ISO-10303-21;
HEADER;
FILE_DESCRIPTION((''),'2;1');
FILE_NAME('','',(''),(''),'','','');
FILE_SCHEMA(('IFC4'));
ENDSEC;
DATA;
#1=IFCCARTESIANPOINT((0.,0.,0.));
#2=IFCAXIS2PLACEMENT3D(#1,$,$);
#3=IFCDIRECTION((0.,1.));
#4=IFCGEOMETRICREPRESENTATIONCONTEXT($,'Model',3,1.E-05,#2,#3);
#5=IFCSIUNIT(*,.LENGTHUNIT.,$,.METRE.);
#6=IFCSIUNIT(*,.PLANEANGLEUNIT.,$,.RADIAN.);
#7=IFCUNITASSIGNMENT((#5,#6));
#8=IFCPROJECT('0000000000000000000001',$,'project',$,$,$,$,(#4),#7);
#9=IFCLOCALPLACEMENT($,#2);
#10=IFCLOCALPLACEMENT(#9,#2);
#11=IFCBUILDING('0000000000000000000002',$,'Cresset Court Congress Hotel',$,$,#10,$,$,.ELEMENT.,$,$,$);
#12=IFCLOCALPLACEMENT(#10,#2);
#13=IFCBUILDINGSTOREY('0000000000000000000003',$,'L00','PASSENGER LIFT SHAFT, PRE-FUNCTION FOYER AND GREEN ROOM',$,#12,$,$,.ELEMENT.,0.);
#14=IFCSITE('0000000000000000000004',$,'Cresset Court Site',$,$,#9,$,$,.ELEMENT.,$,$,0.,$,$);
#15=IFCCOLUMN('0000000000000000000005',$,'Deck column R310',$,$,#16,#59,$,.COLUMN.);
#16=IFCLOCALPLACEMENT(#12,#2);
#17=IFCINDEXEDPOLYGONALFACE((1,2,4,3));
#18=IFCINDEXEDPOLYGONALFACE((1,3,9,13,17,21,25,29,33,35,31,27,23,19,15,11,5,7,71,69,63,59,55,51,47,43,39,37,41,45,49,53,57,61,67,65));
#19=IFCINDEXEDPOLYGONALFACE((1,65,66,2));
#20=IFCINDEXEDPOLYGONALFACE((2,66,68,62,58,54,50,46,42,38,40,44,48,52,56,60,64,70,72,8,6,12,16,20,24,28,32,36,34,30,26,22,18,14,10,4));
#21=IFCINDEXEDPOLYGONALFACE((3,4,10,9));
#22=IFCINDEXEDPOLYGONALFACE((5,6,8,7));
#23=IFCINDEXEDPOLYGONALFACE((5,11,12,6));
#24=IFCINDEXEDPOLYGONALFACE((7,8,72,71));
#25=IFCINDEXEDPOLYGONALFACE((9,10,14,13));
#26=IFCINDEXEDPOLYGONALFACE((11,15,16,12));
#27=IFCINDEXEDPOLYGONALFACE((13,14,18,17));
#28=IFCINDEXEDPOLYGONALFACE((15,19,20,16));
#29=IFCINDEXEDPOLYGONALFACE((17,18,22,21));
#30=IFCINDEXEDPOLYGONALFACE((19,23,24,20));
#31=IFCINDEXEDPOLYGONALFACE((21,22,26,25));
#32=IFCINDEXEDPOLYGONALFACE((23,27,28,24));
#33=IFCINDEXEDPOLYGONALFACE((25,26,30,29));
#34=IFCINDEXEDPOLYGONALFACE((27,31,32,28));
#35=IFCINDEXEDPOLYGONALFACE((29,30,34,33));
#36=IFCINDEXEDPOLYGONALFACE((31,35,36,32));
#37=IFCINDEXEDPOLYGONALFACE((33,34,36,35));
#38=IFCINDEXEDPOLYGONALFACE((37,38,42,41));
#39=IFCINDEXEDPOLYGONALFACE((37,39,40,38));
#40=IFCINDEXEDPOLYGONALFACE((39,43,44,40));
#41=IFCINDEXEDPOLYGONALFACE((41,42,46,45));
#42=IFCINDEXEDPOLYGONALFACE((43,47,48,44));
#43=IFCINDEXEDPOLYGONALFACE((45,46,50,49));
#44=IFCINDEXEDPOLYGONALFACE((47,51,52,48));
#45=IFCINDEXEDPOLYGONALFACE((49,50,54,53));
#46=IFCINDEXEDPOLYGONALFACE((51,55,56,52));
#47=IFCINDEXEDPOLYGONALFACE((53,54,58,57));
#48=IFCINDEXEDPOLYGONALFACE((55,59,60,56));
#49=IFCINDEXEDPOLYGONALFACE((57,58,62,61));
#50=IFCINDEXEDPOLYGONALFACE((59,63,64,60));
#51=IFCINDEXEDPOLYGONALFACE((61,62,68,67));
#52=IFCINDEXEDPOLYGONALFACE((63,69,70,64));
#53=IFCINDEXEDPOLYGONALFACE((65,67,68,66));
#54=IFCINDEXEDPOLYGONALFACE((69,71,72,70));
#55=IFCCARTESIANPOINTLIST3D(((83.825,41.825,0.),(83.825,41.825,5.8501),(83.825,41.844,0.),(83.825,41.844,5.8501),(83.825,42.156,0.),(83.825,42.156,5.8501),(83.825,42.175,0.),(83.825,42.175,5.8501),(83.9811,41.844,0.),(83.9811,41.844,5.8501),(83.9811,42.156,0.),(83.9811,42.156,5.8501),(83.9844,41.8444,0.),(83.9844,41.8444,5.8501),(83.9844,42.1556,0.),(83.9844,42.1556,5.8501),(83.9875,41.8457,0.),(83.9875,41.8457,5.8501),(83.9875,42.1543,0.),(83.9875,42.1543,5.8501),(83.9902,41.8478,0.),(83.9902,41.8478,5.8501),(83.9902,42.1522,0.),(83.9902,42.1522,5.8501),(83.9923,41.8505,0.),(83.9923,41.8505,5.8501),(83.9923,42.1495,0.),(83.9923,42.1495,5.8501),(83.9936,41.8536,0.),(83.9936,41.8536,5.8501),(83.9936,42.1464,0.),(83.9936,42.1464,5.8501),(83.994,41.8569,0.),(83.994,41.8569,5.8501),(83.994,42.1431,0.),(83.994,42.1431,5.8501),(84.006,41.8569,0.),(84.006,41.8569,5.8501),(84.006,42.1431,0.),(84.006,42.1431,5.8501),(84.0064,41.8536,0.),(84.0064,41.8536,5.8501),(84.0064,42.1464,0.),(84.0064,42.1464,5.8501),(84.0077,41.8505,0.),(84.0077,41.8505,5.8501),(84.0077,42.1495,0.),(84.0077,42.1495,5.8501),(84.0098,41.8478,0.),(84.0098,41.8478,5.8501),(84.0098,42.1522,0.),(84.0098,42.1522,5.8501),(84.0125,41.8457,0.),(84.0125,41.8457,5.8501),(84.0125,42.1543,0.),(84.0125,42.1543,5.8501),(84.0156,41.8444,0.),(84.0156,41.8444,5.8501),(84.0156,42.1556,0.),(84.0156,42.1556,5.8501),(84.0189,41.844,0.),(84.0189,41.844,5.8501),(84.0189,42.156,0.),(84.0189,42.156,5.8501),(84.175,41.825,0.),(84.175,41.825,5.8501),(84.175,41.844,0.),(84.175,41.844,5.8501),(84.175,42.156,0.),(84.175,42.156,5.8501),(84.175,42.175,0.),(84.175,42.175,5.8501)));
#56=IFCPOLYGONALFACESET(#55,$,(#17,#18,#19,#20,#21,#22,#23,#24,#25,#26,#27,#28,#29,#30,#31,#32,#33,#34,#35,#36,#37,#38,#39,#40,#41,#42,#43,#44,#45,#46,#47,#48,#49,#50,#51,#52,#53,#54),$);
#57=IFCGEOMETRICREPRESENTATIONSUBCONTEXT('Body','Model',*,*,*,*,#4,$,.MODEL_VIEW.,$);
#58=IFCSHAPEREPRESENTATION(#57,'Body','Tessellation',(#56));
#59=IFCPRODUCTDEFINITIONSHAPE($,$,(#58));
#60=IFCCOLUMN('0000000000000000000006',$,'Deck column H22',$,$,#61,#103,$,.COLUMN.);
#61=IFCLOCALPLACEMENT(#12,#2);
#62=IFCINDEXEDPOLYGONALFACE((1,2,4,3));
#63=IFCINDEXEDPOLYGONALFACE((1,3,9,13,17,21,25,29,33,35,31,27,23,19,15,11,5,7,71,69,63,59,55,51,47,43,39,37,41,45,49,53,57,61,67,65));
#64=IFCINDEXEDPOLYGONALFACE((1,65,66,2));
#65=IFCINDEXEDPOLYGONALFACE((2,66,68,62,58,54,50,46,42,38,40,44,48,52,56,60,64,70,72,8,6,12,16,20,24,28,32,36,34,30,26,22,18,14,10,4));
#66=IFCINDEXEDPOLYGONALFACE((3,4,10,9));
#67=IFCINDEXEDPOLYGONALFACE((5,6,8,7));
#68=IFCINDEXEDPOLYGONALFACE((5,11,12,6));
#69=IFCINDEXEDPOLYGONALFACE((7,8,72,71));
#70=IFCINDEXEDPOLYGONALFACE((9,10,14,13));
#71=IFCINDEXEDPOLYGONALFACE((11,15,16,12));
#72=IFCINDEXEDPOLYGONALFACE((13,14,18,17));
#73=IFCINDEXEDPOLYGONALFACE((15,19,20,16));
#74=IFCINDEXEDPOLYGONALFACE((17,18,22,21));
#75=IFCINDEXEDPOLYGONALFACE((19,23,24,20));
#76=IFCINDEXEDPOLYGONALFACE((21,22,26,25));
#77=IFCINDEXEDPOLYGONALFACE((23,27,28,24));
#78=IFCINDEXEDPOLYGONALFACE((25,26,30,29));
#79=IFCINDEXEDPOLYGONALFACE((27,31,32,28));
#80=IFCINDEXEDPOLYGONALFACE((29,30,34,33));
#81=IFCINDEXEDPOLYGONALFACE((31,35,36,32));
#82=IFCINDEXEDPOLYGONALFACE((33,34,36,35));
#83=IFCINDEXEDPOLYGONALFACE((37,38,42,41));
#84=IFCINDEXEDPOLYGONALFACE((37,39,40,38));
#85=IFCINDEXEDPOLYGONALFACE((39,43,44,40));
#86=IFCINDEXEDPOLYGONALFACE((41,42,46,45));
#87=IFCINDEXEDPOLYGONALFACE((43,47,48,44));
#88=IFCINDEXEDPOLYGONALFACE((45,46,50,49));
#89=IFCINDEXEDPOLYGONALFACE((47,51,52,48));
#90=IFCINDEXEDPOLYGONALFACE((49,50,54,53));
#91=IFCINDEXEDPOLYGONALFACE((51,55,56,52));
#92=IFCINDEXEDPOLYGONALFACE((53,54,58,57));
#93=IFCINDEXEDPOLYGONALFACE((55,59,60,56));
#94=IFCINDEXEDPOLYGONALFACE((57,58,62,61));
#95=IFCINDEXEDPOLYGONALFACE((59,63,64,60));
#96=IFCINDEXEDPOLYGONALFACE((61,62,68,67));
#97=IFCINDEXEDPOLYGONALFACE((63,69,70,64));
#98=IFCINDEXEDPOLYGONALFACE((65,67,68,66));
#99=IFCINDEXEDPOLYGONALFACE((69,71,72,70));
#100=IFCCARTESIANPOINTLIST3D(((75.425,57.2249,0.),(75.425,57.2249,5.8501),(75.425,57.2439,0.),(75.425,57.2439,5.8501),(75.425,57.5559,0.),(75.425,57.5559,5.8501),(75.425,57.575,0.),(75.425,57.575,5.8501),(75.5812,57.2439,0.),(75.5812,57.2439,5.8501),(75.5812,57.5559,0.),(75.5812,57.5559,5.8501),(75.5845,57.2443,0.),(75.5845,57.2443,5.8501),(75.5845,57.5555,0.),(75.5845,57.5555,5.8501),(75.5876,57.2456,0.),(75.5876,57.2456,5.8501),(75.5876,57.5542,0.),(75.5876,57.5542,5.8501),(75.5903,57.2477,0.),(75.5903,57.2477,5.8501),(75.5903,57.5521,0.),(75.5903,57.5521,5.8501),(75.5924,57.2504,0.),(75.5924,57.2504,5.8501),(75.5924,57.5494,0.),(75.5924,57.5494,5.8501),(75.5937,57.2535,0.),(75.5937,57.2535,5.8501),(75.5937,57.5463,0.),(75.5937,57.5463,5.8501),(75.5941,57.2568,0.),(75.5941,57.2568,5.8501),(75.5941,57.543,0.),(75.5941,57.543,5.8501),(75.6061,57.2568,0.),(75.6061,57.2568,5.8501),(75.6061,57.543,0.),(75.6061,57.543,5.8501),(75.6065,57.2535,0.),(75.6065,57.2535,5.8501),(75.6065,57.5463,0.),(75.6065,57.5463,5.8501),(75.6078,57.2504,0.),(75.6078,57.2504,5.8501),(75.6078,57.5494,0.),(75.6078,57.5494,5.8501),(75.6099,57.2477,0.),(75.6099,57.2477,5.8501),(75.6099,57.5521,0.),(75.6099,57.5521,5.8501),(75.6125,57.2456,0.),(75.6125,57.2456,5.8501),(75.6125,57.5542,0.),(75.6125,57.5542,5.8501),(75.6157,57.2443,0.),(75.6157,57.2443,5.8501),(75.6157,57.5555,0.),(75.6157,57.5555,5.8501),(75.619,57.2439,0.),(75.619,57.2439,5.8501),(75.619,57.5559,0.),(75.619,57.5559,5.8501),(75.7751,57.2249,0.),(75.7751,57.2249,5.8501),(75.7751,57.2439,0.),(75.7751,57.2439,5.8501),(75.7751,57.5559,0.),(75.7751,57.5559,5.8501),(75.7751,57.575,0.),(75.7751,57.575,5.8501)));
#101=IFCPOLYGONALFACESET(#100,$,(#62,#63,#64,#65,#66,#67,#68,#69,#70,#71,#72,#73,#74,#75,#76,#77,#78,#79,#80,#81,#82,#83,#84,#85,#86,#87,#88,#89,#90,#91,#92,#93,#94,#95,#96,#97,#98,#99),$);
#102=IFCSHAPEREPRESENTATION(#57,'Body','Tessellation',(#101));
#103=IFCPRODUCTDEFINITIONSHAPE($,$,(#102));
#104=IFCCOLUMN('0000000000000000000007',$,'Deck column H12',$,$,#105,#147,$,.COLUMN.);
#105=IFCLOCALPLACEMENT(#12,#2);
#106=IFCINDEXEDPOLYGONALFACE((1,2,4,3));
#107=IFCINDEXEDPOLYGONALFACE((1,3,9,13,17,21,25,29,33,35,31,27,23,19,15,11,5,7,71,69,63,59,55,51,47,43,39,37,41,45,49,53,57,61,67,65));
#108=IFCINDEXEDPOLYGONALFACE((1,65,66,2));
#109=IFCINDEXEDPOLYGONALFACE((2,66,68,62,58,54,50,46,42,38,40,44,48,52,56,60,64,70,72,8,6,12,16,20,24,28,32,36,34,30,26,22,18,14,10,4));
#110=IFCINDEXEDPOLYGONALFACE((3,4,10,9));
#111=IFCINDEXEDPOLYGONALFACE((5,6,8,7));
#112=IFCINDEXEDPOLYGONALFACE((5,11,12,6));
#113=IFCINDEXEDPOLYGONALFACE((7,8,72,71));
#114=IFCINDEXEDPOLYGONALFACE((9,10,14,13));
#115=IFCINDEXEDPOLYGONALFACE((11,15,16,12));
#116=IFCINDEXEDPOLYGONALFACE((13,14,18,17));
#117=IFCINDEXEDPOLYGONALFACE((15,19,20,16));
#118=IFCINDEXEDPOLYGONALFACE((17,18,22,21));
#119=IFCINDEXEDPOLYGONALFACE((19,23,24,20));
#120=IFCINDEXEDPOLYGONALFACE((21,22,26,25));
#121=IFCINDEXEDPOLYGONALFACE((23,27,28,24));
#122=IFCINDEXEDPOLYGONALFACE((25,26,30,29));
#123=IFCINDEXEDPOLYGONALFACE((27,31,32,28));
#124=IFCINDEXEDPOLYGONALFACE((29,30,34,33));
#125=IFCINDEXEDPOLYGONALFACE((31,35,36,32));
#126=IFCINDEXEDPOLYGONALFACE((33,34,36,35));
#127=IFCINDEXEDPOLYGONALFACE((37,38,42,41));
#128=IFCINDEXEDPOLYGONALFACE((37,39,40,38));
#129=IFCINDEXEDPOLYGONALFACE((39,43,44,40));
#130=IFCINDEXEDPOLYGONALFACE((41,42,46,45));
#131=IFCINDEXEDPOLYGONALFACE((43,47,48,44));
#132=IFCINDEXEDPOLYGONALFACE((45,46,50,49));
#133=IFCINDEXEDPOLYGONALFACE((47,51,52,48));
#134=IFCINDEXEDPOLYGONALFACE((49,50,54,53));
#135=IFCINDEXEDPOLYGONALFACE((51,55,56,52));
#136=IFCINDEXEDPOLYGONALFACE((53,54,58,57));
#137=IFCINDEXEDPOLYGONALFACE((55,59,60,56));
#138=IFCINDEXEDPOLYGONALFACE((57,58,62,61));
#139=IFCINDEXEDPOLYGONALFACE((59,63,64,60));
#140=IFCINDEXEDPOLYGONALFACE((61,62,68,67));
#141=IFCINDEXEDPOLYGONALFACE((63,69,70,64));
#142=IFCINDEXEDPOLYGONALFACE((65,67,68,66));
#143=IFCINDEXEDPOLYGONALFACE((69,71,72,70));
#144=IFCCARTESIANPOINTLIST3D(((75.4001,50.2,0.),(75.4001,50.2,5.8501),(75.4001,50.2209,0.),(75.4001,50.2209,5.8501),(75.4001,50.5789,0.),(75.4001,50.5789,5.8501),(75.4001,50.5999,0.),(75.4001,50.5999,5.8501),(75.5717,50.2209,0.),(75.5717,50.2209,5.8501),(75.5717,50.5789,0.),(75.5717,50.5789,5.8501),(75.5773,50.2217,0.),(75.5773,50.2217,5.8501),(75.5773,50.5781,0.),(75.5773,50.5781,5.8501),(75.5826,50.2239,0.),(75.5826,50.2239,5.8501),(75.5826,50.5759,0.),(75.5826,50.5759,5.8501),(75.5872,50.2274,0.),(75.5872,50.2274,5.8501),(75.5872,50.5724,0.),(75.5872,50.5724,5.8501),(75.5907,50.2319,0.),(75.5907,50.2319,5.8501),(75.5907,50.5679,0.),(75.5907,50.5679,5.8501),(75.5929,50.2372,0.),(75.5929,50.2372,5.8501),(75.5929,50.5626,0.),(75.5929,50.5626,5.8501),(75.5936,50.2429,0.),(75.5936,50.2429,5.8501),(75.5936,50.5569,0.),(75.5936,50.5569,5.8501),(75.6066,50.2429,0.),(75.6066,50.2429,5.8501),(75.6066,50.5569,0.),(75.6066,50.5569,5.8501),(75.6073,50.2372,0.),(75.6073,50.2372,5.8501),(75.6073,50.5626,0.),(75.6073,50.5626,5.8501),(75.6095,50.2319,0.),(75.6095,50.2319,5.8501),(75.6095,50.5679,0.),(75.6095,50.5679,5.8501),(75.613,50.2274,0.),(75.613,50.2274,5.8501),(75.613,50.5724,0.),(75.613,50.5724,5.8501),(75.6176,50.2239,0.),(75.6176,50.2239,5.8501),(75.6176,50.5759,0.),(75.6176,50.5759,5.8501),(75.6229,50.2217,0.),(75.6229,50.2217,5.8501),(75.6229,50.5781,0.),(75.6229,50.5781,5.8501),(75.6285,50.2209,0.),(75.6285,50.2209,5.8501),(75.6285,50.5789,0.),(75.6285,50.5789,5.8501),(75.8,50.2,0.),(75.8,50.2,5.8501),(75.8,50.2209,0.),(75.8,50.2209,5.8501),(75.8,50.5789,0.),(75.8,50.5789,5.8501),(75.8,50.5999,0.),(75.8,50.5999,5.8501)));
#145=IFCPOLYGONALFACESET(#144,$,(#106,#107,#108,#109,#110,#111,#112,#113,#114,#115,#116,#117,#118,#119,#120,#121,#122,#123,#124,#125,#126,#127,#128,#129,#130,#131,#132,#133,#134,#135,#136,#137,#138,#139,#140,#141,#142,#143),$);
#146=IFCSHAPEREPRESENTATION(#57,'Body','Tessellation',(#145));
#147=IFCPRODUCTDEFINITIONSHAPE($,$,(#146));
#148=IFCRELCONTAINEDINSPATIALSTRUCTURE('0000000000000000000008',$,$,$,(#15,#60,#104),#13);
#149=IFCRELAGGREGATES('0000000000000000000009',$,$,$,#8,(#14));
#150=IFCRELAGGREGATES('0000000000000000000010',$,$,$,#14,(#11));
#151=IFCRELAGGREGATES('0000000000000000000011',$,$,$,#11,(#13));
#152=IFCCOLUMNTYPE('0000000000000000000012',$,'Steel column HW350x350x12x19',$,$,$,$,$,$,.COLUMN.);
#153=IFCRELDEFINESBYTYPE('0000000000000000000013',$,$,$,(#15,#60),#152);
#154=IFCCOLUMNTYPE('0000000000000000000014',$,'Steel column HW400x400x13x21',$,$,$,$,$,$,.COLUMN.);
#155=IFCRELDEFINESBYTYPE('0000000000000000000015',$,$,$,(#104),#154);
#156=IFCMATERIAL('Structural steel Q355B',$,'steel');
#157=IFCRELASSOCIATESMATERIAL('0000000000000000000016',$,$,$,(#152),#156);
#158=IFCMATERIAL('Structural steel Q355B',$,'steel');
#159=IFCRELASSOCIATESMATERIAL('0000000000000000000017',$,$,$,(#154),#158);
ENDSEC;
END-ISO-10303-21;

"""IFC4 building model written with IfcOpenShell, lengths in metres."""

from ifc_helpers import new_model, si_unit, direction, frame, origin, origin_2d, place, context, subcontext, project, spatial, i_section, extrude, material, material_profile, profile_set, type_object, element, save


model = new_model("IFC4")

# Units and contexts
model_context = context("Model", 3, precision=1e-05, world=origin(), true_north=direction((0.0, 1.0)))
body_context = subcontext(model_context, "Body", "Model", "MODEL_VIEW")
ifc_project = project(units=[si_unit("LENGTHUNIT", "METRE"), si_unit("PLANEANGLEUNIT", "RADIAN")], contexts=[model_context])

# Site, building, storey
site_placement = place(None, origin())
site = spatial("IfcSite", under=ifc_project, at=site_placement, Name="Cresset Court Site", CompositionType="ELEMENT", RefElevation=0.0)
building_placement = place(site_placement, origin())
building = spatial("IfcBuilding", under=site, at=building_placement, Name="Cresset Court Congress Hotel", CompositionType="ELEMENT")
storey_placement = place(building_placement, origin())
storey = spatial("IfcBuildingStorey", under=building, at=storey_placement, Name="L00", Description="PASSENGER LIFT SHAFT, PRE-FUNCTION FOYER AND GREEN ROOM", CompositionType="ELEMENT", Elevation=0.0)

# Columns
ifc_material_1 = material(Name="Structural steel Q355B", Category="steel")
ifc_material_profile_1 = material_profile(ifc_material_1, i_section(OverallWidth=0.3501, OverallDepth=0.3501, WebThickness=0.012, FlangeThickness=0.019, FilletRadius=0.0129, at=origin_2d()), Name="HW350x350x12x19")
ifc_profile_set_1 = profile_set([ifc_material_profile_1], Name="Structural steel Q355B")
column_type_1 = type_object("IfcColumnType", Name="Steel column HW350x350x12x19", PredefinedType="COLUMN", material=ifc_profile_set_1)
for number, where, z_axis, x_axis, name in (
    (1, (84.0, 42.0, 0.0), (0.0, 0.0, 1.0), (1.0, 0.0, 0.0), "Deck column R310"),
    (2, (75.6001, 57.3999, 0.0), (0.0, 0.0, 1.0), (1.0, 0.0, 0.0), "Deck column H22"),
):
    element("IfcColumn", number, at=place(storey_placement, frame(where, z_axis=z_axis, x_axis=x_axis)), inside=storey, type_object=column_type_1, Name=name, PredefinedType="COLUMN", context=body_context, shape_type="SweptSolid", body=[
        extrude(i_section(OverallWidth=0.3501, OverallDepth=0.3501, WebThickness=0.012, FlangeThickness=0.019, FilletRadius=0.0129, at=origin_2d()), origin(), (0.0, 0.0, 1.0), 5.8501),
    ])
ifc_material_2 = material(Name="Structural steel Q355B", Category="steel")
ifc_material_profile_2 = material_profile(ifc_material_2, i_section(OverallWidth=0.3999, OverallDepth=0.3999, WebThickness=0.0129, FlangeThickness=0.021, FilletRadius=0.022, at=origin_2d()), Name="HW400x400x13x21")
ifc_profile_set_2 = profile_set([ifc_material_profile_2], Name="Structural steel Q355B")
column_type_2 = type_object("IfcColumnType", Name="Steel column HW400x400x13x21", PredefinedType="COLUMN", material=ifc_profile_set_2)
column_placement = place(storey_placement, frame((75.6001, 50.3999, 0.0), z_axis=(0.0, 0.0, 1.0), x_axis=(1.0, 0.0, 0.0)))
element("IfcColumn", 3, at=column_placement, inside=storey, type_object=column_type_2, Name="Deck column H12", PredefinedType="COLUMN", context=body_context, shape_type="SweptSolid", body=[
    extrude(i_section(OverallWidth=0.3999, OverallDepth=0.3999, WebThickness=0.0129, FlangeThickness=0.021, FilletRadius=0.022, at=origin_2d()), origin(), (0.0, 0.0, 1.0), 5.8501),
])

save(model, "model.ifc")
